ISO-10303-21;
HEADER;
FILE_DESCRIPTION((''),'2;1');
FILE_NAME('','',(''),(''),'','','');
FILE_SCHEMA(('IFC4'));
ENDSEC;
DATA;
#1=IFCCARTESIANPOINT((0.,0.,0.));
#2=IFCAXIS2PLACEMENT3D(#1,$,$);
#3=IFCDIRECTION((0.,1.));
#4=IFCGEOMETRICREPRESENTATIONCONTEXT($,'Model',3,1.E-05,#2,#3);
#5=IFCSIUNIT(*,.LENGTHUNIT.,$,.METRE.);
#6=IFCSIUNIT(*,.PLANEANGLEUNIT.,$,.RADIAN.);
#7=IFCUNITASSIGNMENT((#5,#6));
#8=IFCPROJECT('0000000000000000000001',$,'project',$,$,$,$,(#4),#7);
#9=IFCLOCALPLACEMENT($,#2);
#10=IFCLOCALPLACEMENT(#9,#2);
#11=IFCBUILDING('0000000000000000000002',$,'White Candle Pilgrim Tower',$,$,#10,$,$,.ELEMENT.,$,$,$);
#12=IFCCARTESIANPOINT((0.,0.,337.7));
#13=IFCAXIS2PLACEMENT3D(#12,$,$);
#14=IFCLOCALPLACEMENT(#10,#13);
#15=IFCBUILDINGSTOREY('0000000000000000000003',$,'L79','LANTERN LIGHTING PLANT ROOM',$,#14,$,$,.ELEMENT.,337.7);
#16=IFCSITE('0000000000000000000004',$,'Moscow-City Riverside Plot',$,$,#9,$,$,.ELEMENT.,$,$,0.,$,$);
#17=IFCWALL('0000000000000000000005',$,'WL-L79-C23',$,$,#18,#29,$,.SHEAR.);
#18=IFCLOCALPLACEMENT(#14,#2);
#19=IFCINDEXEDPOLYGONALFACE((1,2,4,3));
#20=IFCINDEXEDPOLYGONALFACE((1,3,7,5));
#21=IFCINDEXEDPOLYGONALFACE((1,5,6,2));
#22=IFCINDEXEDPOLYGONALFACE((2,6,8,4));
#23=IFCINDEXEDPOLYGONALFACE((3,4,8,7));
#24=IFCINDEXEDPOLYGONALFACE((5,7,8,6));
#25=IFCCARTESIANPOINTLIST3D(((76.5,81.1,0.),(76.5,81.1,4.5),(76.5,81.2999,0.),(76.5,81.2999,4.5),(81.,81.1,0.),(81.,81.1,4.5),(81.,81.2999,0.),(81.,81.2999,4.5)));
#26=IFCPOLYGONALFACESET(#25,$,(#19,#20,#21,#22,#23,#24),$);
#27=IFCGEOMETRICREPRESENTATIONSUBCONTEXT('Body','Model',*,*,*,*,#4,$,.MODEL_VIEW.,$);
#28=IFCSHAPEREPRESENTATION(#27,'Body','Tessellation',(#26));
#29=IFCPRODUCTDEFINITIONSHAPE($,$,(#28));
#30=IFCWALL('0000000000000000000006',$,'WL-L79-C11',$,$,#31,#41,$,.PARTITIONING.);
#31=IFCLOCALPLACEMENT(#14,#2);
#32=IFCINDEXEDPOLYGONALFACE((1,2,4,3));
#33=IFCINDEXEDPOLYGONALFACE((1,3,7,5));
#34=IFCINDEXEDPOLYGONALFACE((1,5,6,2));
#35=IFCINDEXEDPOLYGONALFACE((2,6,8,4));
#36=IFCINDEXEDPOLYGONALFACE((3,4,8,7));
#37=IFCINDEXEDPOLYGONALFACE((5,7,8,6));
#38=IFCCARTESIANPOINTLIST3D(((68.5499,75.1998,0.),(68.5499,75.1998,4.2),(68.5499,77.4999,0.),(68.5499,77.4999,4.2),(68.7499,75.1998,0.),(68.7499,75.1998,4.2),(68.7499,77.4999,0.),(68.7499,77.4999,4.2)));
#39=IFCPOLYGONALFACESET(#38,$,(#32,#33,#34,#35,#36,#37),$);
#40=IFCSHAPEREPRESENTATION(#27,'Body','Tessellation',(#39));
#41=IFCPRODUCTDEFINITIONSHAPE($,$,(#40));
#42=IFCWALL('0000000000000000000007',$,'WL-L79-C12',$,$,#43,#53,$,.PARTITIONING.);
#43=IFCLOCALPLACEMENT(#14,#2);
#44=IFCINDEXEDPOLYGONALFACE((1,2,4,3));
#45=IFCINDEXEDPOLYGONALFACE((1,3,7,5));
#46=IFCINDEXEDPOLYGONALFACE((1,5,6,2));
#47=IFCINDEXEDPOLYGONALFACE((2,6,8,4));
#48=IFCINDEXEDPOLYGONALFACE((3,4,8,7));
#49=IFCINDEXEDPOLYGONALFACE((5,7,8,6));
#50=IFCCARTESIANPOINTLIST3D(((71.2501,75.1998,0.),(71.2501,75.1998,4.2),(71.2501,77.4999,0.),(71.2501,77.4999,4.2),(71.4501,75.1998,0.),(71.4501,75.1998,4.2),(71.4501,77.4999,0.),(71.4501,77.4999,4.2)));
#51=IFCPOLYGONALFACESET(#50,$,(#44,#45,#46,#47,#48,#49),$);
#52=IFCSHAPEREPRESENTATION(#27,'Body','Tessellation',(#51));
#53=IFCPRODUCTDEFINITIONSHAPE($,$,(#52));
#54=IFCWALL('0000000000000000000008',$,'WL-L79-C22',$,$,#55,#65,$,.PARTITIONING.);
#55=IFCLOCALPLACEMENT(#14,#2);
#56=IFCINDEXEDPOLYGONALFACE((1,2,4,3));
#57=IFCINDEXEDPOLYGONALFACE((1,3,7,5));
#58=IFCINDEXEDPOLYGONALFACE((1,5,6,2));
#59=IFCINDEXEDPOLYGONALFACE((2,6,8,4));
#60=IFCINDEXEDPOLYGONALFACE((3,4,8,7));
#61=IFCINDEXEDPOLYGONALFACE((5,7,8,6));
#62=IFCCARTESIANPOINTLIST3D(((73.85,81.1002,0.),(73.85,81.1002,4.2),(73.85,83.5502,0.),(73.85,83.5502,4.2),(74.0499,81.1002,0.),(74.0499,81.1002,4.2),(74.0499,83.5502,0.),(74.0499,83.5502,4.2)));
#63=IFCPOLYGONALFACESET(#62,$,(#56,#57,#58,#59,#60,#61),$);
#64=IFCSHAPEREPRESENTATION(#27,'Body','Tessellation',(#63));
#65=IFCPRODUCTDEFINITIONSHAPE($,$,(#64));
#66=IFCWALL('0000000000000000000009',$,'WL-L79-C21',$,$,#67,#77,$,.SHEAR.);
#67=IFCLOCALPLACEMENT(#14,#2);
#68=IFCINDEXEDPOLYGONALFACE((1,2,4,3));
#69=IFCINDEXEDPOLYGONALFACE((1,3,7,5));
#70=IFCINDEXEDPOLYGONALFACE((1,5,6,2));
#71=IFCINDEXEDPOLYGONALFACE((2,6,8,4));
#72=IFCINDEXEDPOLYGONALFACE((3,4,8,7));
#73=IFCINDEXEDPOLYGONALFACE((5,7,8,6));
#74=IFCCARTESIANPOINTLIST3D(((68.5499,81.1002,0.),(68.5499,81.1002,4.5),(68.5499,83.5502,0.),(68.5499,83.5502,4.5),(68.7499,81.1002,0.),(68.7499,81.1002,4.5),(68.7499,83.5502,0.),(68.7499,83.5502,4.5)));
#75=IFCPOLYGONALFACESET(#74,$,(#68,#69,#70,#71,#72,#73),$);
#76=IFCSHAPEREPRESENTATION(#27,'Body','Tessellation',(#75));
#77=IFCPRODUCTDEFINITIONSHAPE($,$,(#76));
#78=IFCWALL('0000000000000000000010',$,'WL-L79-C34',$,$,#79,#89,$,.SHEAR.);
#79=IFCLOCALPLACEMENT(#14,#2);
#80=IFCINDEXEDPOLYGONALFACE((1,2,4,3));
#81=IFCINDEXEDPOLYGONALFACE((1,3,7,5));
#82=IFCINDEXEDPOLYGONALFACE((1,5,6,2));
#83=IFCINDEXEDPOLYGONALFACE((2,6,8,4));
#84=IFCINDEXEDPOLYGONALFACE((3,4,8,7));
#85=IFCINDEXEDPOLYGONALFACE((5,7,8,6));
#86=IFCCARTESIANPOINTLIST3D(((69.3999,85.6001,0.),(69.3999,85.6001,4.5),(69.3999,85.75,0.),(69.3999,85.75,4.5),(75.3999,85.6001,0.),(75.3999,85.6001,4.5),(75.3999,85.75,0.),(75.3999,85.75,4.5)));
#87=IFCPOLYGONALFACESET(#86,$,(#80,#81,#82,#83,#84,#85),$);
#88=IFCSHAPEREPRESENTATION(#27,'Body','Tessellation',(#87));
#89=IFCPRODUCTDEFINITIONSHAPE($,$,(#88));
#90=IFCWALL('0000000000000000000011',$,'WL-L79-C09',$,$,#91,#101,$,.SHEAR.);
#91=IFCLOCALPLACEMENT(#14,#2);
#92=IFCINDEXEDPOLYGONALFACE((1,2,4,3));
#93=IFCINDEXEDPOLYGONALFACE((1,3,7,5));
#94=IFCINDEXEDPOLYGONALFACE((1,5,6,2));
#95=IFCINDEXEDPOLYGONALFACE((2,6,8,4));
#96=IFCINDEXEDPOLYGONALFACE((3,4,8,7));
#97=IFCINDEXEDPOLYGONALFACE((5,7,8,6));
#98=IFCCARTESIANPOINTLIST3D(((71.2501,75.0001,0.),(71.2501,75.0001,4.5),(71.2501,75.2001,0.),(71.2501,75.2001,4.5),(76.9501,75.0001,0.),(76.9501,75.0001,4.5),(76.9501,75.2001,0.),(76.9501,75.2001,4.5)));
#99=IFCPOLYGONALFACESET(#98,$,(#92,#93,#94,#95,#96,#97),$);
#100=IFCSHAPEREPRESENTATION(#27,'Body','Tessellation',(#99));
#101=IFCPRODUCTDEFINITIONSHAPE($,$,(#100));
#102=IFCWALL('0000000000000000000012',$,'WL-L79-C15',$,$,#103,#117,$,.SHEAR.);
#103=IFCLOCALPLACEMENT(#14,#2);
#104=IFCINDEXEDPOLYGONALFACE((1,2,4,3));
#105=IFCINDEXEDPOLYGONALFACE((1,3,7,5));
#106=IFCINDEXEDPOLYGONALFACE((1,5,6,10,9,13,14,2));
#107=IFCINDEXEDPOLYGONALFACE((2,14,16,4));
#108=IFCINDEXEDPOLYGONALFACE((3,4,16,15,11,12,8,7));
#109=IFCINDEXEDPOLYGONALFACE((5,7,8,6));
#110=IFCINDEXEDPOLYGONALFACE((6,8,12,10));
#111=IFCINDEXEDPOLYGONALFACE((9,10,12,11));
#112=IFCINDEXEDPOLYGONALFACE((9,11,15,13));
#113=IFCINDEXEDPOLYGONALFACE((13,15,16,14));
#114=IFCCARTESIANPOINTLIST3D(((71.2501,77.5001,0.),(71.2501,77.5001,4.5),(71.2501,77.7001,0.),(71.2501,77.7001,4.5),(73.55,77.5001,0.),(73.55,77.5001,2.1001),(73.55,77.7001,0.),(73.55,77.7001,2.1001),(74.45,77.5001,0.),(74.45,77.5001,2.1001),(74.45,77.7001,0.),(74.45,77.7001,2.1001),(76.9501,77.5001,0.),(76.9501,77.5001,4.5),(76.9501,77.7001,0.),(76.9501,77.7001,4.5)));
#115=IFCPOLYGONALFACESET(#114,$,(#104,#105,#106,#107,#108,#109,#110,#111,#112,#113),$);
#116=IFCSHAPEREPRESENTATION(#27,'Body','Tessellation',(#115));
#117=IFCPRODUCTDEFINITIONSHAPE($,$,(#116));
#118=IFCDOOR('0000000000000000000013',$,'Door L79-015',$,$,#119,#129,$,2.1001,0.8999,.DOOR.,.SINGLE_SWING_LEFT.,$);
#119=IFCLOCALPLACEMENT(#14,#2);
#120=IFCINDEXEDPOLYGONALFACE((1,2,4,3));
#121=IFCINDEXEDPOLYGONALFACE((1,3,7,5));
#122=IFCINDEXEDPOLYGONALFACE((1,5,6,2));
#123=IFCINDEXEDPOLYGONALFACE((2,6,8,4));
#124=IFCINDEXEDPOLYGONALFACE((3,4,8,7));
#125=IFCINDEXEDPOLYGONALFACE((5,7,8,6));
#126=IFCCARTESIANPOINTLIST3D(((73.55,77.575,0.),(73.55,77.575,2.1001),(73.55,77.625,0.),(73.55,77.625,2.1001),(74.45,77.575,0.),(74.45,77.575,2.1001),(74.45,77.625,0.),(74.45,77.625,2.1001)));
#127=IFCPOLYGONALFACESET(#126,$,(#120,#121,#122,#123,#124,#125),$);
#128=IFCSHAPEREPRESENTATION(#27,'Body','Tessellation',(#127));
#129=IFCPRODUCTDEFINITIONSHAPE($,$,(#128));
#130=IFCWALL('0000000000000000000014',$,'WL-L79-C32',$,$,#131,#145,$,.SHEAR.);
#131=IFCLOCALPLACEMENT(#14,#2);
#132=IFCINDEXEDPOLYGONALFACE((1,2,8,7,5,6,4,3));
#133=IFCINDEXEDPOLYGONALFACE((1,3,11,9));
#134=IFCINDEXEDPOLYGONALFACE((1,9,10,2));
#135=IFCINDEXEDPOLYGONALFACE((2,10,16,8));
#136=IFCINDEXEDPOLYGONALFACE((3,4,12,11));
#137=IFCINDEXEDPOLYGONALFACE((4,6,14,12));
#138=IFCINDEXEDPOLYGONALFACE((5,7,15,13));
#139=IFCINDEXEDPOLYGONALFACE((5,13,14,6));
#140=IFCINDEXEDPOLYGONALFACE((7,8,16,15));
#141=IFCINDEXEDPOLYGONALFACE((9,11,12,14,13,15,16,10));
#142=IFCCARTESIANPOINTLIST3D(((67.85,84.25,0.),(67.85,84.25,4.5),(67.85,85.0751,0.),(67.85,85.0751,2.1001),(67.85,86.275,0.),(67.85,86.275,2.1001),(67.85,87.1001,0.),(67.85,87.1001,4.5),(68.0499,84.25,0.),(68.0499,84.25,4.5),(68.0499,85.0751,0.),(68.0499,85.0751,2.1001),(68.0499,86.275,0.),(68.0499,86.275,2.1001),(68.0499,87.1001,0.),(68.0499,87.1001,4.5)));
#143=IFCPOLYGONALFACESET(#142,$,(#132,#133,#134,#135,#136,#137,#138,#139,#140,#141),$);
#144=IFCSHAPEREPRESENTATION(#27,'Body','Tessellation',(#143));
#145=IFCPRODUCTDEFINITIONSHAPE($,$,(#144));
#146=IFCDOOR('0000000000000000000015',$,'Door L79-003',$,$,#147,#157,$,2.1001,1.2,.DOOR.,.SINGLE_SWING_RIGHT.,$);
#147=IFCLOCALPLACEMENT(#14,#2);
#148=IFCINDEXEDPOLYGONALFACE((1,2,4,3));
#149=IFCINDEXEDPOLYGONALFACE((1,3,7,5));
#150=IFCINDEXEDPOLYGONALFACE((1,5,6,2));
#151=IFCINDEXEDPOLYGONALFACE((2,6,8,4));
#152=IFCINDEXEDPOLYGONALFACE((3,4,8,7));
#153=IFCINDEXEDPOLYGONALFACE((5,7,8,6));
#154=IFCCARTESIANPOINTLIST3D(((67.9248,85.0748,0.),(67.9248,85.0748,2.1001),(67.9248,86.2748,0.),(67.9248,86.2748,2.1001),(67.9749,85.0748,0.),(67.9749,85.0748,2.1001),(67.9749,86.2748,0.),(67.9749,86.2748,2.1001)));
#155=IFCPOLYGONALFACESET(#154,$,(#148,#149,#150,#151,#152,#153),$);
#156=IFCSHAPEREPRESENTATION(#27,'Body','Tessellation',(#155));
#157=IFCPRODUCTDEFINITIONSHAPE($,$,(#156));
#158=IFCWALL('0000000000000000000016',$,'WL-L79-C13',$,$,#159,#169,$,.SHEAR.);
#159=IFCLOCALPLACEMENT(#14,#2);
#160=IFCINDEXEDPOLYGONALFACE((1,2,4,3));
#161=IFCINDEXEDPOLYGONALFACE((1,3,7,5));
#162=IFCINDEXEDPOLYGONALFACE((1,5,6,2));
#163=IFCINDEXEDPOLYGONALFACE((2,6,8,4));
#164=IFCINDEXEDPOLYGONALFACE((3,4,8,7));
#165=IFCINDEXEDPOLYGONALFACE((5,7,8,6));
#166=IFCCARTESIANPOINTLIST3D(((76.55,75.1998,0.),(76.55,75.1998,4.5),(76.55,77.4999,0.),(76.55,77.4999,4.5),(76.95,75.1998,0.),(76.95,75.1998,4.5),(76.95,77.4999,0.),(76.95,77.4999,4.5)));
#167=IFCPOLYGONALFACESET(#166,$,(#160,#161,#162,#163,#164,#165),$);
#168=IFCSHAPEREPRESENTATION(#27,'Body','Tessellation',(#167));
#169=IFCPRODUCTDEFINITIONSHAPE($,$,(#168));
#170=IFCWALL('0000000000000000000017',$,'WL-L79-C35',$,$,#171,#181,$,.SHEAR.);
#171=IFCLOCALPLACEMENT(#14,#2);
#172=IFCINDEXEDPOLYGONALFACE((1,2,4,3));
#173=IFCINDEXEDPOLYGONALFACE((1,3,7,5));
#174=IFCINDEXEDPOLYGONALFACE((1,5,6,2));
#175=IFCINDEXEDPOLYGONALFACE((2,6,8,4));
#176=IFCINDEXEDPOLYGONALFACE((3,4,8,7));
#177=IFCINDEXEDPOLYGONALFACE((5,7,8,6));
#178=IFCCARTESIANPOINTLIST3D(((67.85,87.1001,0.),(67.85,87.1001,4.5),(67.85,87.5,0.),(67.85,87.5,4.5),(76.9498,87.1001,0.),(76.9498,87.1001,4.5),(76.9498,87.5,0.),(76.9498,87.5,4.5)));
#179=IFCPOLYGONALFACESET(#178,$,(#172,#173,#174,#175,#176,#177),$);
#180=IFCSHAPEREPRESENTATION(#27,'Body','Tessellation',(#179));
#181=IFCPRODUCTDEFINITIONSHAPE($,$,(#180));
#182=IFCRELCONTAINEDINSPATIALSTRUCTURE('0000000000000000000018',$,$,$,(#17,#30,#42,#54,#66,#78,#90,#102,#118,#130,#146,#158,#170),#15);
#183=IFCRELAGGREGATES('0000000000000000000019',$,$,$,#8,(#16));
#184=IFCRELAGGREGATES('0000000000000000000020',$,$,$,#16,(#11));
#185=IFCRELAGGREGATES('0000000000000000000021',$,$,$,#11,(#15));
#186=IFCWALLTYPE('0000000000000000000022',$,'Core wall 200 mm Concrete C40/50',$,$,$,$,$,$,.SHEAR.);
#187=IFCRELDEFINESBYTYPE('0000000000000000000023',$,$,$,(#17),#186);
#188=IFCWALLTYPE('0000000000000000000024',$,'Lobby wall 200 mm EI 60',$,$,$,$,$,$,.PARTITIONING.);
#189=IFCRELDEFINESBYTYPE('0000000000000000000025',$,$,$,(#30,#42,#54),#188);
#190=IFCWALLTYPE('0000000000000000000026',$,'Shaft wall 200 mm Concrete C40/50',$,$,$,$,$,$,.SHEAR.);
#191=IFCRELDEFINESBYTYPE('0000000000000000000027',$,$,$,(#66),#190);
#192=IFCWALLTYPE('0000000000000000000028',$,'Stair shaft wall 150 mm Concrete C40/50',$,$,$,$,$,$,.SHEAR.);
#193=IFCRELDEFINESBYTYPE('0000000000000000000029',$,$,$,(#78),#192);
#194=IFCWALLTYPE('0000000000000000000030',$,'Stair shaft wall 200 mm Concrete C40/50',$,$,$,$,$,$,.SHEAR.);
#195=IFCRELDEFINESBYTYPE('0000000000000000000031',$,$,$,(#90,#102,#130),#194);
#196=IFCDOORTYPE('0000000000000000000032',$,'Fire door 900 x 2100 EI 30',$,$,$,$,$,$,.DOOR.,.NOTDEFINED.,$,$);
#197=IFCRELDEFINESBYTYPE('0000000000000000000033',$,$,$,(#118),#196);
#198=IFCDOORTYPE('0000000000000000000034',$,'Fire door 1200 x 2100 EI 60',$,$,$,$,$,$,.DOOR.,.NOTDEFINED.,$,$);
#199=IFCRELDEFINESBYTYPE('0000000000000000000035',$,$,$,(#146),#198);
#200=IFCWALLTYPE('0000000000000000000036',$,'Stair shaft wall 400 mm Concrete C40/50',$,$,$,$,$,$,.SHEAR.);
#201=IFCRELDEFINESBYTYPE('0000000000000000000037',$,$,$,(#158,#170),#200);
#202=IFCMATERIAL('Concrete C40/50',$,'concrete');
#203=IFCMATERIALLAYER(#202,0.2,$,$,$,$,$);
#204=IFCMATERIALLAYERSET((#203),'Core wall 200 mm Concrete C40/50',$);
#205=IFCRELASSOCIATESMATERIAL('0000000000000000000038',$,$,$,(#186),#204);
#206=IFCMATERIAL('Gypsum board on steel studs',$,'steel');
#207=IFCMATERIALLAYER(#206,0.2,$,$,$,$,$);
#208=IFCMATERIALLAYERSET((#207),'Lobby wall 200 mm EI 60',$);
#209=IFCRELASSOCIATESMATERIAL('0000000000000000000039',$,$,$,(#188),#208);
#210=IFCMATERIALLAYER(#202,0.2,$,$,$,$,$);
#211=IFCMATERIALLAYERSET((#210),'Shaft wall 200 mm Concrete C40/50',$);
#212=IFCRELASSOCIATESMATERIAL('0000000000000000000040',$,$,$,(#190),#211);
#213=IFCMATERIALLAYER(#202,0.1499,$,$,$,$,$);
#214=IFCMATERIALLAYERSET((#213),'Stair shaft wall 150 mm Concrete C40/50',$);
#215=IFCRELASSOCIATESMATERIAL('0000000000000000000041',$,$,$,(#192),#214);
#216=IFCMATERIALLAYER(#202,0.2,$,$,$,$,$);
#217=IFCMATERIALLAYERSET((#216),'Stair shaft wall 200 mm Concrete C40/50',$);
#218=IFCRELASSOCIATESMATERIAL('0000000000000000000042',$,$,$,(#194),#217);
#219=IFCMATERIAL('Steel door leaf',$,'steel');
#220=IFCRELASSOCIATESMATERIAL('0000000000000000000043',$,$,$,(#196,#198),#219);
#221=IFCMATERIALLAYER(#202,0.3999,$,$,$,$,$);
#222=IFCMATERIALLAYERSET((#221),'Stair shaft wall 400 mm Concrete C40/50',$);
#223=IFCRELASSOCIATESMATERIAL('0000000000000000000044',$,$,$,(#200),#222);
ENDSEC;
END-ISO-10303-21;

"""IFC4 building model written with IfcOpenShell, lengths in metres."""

from ifc_helpers import new_model, si_unit, direction, frame, frame_2d, origin, place, context, subcontext, project, spatial, rectangle, extrude, material, layer, layer_set, type_object, element, fill, save


model = new_model("IFC4")

# Units and contexts
model_context = context("Model", 3, precision=1e-05, world=origin(), true_north=direction((0.0, 1.0)))
body_context = subcontext(model_context, "Body", "Model", "MODEL_VIEW")
ifc_project = project(units=[si_unit("LENGTHUNIT", "METRE"), si_unit("PLANEANGLEUNIT", "RADIAN")], contexts=[model_context])

# Site, building, storey
site_placement = place(None, origin())
site = spatial("IfcSite", under=ifc_project, at=site_placement, Name="Moscow-City Riverside Plot", CompositionType="ELEMENT", RefElevation=0.0)
building_placement = place(site_placement, origin())
building = spatial("IfcBuilding", under=site, at=building_placement, Name="White Candle Pilgrim Tower", CompositionType="ELEMENT")
storey_placement = place(building_placement, frame((0.0, 0.0, 337.7)))
storey = spatial("IfcBuildingStorey", under=building, at=storey_placement, Name="L79", Description="LANTERN LIGHTING PLANT ROOM", CompositionType="ELEMENT", Elevation=337.7)

# Walls
ifc_material_1 = material(Name="Concrete C40/50", Category="concrete")
ifc_layer_1 = layer(ifc_material_1, 0.2)
ifc_layer_set_1 = layer_set([ifc_layer_1], Name="Core wall 200 mm Concrete C40/50")
wall_type_1 = type_object("IfcWallType", Name="Core wall 200 mm Concrete C40/50", PredefinedType="SHEAR", material=ifc_layer_set_1)
wall_1_placement = place(storey_placement, frame((76.5, 81.2, 0.0), z_axis=(0.0, 0.0, 1.0), x_axis=(1.0, 0.0, 0.0)))
element("IfcWall", 1, at=wall_1_placement, inside=storey, type_object=wall_type_1, Name="WL-L79-C23", PredefinedType="SHEAR", context=body_context, shape_type="SweptSolid", body=[
    extrude(rectangle(XDim=4.5, YDim=0.2, at=frame_2d((2.25, 0.0))), origin(), (0.0, 0.0, 1.0), 4.5),
])
ifc_material_2 = material(Name="Gypsum board on steel studs", Category="steel")
ifc_layer_2 = layer(ifc_material_2, 0.2)
ifc_layer_set_2 = layer_set([ifc_layer_2], Name="Lobby wall 200 mm EI 60")
wall_type_2 = type_object("IfcWallType", Name="Lobby wall 200 mm EI 60", PredefinedType="PARTITIONING", material=ifc_layer_set_2)
for number, where, z_axis, x_axis, name in (
    (2, (68.6499, 75.2, 0.0), (0.0, 0.0, 1.0), (0.0, 1.0, 0.0), "WL-L79-C11"),
    (3, (71.3501, 75.2, 0.0), (0.0, 0.0, 1.0), (0.0, 1.0, 0.0), "WL-L79-C12"),
):
    element("IfcWall", number, at=place(storey_placement, frame(where, z_axis=z_axis, x_axis=x_axis)), inside=storey, type_object=wall_type_2, Name=name, PredefinedType="PARTITIONING", context=body_context, shape_type="SweptSolid", body=[
        extrude(rectangle(XDim=2.3, YDim=0.2, at=frame_2d((1.1499, 0.0))), origin(), (0.0, 0.0, 1.0), 4.2),
    ])
wall_2_placement = place(storey_placement, frame((73.95, 81.1001, 0.0), z_axis=(0.0, 0.0, 1.0), x_axis=(0.0, 1.0, 0.0)))
element("IfcWall", 4, at=wall_2_placement, inside=storey, type_object=wall_type_2, Name="WL-L79-C22", PredefinedType="PARTITIONING", context=body_context, shape_type="SweptSolid", body=[
    extrude(rectangle(XDim=2.45, YDim=0.2, at=frame_2d((1.2251, 0.0))), origin(), (0.0, 0.0, 1.0), 4.2),
])
ifc_layer_3 = layer(ifc_material_1, 0.2)
ifc_layer_set_3 = layer_set([ifc_layer_3], Name="Shaft wall 200 mm Concrete C40/50")
wall_type_3 = type_object("IfcWallType", Name="Shaft wall 200 mm Concrete C40/50", PredefinedType="SHEAR", material=ifc_layer_set_3)
wall_3_placement = place(storey_placement, frame((68.6499, 81.1001, 0.0), z_axis=(0.0, 0.0, 1.0), x_axis=(0.0, 1.0, 0.0)))
element("IfcWall", 5, at=wall_3_placement, inside=storey, type_object=wall_type_3, Name="WL-L79-C21", PredefinedType="SHEAR", context=body_context, shape_type="SweptSolid", body=[
    extrude(rectangle(XDim=2.45, YDim=0.2, at=frame_2d((1.2251, 0.0))), origin(), (0.0, 0.0, 1.0), 4.5),
])
ifc_layer_4 = layer(ifc_material_1, 0.1499)
ifc_layer_set_4 = layer_set([ifc_layer_4], Name="Stair shaft wall 150 mm Concrete C40/50")
wall_type_4 = type_object("IfcWallType", Name="Stair shaft wall 150 mm Concrete C40/50", PredefinedType="SHEAR", material=ifc_layer_set_4)
wall_4_placement = place(storey_placement, frame((69.3999, 85.675, 0.0), z_axis=(0.0, 0.0, 1.0), x_axis=(1.0, 0.0, 0.0)))
element("IfcWall", 6, at=wall_4_placement, inside=storey, type_object=wall_type_4, Name="WL-L79-C34", PredefinedType="SHEAR", context=body_context, shape_type="SweptSolid", body=[
    extrude(rectangle(XDim=6.0, YDim=0.1499, at=frame_2d((3.0, 0.0))), origin(), (0.0, 0.0, 1.0), 4.5),
])
ifc_layer_5 = layer(ifc_material_1, 0.2)
ifc_layer_set_5 = layer_set([ifc_layer_5], Name="Stair shaft wall 200 mm Concrete C40/50")
wall_type_5 = type_object("IfcWallType", Name="Stair shaft wall 200 mm Concrete C40/50", PredefinedType="SHEAR", material=ifc_layer_set_5)
wall_5_placement = place(storey_placement, frame((71.25, 75.1001, 0.0), z_axis=(0.0, 0.0, 1.0), x_axis=(1.0, 0.0, 0.0)))
element("IfcWall", 7, at=wall_5_placement, inside=storey, type_object=wall_type_5, Name="WL-L79-C09", PredefinedType="SHEAR", context=body_context, shape_type="SweptSolid", body=[
    extrude(rectangle(XDim=5.7, YDim=0.2, at=frame_2d((2.8501, 0.0))), origin(), (0.0, 0.0, 1.0), 4.5),
])

# Walls, openings, doors
wall_6_placement = place(storey_placement, frame((71.25, 77.6001, 0.0), z_axis=(0.0, 0.0, 1.0), x_axis=(1.0, 0.0, 0.0)))
wall_6 = element("IfcWall", 8, at=wall_6_placement, inside=storey, type_object=wall_type_5, Name="WL-L79-C15", PredefinedType="SHEAR", context=body_context, shape_type="SweptSolid", body=[
    extrude(rectangle(XDim=5.7, YDim=0.2, at=frame_2d((2.8501, 0.0))), origin(), (0.0, 0.0, 1.0), 4.5),
])
opening_1_placement = place(wall_6_placement, frame((2.3, 0.0, 0.0)))
opening_1 = element("IfcOpeningElement", 9, at=opening_1_placement, cuts=wall_6, PredefinedType="OPENING", context=body_context, shape_type="SweptSolid", body=[
    extrude(rectangle(XDim=0.8999, YDim=2.1001, at=frame_2d((0.45, 1.05))), frame((0.0, 0.1099, 0.0), z_axis=(0.0, -1.0, 0.0), x_axis=(1.0, 0.0, 0.0)), (0.0, 0.0, 1.0), 0.22),
])
ifc_material_3 = material(Name="Steel door leaf", Category="steel")
door_type_1 = type_object("IfcDoorType", Name="Fire door 900 x 2100 EI 30", OperationType="NOTDEFINED", PredefinedType="DOOR", material=ifc_material_3)
door_1_placement = place(opening_1_placement, origin())
door_1 = element("IfcDoor", 10, at=door_1_placement, inside=storey, type_object=door_type_1, Name="Door L79-015", OperationType="SINGLE_SWING_LEFT", OverallHeight=2.1001, OverallWidth=0.8999, PredefinedType="DOOR", context=body_context, shape_type="SweptSolid", body=[
    extrude(rectangle(XDim=0.8999, YDim=2.1001, at=frame_2d((0.45, 1.05))), frame((0.0, 0.0249, 0.0), z_axis=(0.0, -1.0, 0.0), x_axis=(1.0, 0.0, 0.0)), (0.0, 0.0, 1.0), 0.05),
])
fill(opening_1, door_1)
wall_7_placement = place(storey_placement, frame((67.95, 84.25, 0.0), z_axis=(0.0, 0.0, 1.0), x_axis=(0.0, 1.0, 0.0)))
wall_7 = element("IfcWall", 11, at=wall_7_placement, inside=storey, type_object=wall_type_5, Name="WL-L79-C32", PredefinedType="SHEAR", context=body_context, shape_type="SweptSolid", body=[
    extrude(rectangle(XDim=2.8501, YDim=0.2, at=frame_2d((1.425, 0.0))), origin(), (0.0, 0.0, 1.0), 4.5),
])
opening_2_placement = place(wall_7_placement, frame((0.825, 0.0, 0.0)))
opening_2 = element("IfcOpeningElement", 12, at=opening_2_placement, cuts=wall_7, PredefinedType="OPENING", context=body_context, shape_type="SweptSolid", body=[
    extrude(rectangle(XDim=1.2, YDim=2.1001, at=frame_2d((0.6001, 1.05))), frame((0.0, 0.1099, 0.0), z_axis=(0.0, -1.0, 0.0), x_axis=(1.0, 0.0, 0.0)), (0.0, 0.0, 1.0), 0.22),
])
door_type_2 = type_object("IfcDoorType", Name="Fire door 1200 x 2100 EI 60", OperationType="NOTDEFINED", PredefinedType="DOOR", material=ifc_material_3)
door_2_placement = place(opening_2_placement, frame((1.2, 0.0, 0.0), z_axis=(0.0, 0.0, 1.0), x_axis=(-1.0, 0.0, 0.0)))
door_2 = element("IfcDoor", 13, at=door_2_placement, inside=storey, type_object=door_type_2, Name="Door L79-003", OperationType="SINGLE_SWING_RIGHT", OverallHeight=2.1001, OverallWidth=1.2, PredefinedType="DOOR", context=body_context, shape_type="SweptSolid", body=[
    extrude(rectangle(XDim=1.2, YDim=2.1001, at=frame_2d((0.6001, 1.05))), frame((0.0, 0.0249, 0.0), z_axis=(0.0, -1.0, 0.0), x_axis=(1.0, 0.0, 0.0)), (0.0, 0.0, 1.0), 0.05),
])
fill(opening_2, door_2)

# Walls
ifc_layer_6 = layer(ifc_material_1, 0.3999)
ifc_layer_set_6 = layer_set([ifc_layer_6], Name="Stair shaft wall 400 mm Concrete C40/50")
wall_type_6 = type_object("IfcWallType", Name="Stair shaft wall 400 mm Concrete C40/50", PredefinedType="SHEAR", material=ifc_layer_set_6)
wall_8_placement = place(storey_placement, frame((76.75, 75.2, 0.0), z_axis=(0.0, 0.0, 1.0), x_axis=(0.0, 1.0, 0.0)))
element("IfcWall", 14, at=wall_8_placement, inside=storey, type_object=wall_type_6, Name="WL-L79-C13", PredefinedType="SHEAR", context=body_context, shape_type="SweptSolid", body=[
    extrude(rectangle(XDim=2.3, YDim=0.3999, at=frame_2d((1.1499, 0.0))), origin(), (0.0, 0.0, 1.0), 4.5),
])
wall_9_placement = place(storey_placement, frame((67.8501, 87.3, 0.0), z_axis=(0.0, 0.0, 1.0), x_axis=(1.0, 0.0, 0.0)))
element("IfcWall", 15, at=wall_9_placement, inside=storey, type_object=wall_type_6, Name="WL-L79-C35", PredefinedType="SHEAR", context=body_context, shape_type="SweptSolid", body=[
    extrude(rectangle(XDim=9.0999, YDim=0.3999, at=frame_2d((4.5498, 0.0))), origin(), (0.0, 0.0, 1.0), 4.5),
])

save(model, "model.ifc")
